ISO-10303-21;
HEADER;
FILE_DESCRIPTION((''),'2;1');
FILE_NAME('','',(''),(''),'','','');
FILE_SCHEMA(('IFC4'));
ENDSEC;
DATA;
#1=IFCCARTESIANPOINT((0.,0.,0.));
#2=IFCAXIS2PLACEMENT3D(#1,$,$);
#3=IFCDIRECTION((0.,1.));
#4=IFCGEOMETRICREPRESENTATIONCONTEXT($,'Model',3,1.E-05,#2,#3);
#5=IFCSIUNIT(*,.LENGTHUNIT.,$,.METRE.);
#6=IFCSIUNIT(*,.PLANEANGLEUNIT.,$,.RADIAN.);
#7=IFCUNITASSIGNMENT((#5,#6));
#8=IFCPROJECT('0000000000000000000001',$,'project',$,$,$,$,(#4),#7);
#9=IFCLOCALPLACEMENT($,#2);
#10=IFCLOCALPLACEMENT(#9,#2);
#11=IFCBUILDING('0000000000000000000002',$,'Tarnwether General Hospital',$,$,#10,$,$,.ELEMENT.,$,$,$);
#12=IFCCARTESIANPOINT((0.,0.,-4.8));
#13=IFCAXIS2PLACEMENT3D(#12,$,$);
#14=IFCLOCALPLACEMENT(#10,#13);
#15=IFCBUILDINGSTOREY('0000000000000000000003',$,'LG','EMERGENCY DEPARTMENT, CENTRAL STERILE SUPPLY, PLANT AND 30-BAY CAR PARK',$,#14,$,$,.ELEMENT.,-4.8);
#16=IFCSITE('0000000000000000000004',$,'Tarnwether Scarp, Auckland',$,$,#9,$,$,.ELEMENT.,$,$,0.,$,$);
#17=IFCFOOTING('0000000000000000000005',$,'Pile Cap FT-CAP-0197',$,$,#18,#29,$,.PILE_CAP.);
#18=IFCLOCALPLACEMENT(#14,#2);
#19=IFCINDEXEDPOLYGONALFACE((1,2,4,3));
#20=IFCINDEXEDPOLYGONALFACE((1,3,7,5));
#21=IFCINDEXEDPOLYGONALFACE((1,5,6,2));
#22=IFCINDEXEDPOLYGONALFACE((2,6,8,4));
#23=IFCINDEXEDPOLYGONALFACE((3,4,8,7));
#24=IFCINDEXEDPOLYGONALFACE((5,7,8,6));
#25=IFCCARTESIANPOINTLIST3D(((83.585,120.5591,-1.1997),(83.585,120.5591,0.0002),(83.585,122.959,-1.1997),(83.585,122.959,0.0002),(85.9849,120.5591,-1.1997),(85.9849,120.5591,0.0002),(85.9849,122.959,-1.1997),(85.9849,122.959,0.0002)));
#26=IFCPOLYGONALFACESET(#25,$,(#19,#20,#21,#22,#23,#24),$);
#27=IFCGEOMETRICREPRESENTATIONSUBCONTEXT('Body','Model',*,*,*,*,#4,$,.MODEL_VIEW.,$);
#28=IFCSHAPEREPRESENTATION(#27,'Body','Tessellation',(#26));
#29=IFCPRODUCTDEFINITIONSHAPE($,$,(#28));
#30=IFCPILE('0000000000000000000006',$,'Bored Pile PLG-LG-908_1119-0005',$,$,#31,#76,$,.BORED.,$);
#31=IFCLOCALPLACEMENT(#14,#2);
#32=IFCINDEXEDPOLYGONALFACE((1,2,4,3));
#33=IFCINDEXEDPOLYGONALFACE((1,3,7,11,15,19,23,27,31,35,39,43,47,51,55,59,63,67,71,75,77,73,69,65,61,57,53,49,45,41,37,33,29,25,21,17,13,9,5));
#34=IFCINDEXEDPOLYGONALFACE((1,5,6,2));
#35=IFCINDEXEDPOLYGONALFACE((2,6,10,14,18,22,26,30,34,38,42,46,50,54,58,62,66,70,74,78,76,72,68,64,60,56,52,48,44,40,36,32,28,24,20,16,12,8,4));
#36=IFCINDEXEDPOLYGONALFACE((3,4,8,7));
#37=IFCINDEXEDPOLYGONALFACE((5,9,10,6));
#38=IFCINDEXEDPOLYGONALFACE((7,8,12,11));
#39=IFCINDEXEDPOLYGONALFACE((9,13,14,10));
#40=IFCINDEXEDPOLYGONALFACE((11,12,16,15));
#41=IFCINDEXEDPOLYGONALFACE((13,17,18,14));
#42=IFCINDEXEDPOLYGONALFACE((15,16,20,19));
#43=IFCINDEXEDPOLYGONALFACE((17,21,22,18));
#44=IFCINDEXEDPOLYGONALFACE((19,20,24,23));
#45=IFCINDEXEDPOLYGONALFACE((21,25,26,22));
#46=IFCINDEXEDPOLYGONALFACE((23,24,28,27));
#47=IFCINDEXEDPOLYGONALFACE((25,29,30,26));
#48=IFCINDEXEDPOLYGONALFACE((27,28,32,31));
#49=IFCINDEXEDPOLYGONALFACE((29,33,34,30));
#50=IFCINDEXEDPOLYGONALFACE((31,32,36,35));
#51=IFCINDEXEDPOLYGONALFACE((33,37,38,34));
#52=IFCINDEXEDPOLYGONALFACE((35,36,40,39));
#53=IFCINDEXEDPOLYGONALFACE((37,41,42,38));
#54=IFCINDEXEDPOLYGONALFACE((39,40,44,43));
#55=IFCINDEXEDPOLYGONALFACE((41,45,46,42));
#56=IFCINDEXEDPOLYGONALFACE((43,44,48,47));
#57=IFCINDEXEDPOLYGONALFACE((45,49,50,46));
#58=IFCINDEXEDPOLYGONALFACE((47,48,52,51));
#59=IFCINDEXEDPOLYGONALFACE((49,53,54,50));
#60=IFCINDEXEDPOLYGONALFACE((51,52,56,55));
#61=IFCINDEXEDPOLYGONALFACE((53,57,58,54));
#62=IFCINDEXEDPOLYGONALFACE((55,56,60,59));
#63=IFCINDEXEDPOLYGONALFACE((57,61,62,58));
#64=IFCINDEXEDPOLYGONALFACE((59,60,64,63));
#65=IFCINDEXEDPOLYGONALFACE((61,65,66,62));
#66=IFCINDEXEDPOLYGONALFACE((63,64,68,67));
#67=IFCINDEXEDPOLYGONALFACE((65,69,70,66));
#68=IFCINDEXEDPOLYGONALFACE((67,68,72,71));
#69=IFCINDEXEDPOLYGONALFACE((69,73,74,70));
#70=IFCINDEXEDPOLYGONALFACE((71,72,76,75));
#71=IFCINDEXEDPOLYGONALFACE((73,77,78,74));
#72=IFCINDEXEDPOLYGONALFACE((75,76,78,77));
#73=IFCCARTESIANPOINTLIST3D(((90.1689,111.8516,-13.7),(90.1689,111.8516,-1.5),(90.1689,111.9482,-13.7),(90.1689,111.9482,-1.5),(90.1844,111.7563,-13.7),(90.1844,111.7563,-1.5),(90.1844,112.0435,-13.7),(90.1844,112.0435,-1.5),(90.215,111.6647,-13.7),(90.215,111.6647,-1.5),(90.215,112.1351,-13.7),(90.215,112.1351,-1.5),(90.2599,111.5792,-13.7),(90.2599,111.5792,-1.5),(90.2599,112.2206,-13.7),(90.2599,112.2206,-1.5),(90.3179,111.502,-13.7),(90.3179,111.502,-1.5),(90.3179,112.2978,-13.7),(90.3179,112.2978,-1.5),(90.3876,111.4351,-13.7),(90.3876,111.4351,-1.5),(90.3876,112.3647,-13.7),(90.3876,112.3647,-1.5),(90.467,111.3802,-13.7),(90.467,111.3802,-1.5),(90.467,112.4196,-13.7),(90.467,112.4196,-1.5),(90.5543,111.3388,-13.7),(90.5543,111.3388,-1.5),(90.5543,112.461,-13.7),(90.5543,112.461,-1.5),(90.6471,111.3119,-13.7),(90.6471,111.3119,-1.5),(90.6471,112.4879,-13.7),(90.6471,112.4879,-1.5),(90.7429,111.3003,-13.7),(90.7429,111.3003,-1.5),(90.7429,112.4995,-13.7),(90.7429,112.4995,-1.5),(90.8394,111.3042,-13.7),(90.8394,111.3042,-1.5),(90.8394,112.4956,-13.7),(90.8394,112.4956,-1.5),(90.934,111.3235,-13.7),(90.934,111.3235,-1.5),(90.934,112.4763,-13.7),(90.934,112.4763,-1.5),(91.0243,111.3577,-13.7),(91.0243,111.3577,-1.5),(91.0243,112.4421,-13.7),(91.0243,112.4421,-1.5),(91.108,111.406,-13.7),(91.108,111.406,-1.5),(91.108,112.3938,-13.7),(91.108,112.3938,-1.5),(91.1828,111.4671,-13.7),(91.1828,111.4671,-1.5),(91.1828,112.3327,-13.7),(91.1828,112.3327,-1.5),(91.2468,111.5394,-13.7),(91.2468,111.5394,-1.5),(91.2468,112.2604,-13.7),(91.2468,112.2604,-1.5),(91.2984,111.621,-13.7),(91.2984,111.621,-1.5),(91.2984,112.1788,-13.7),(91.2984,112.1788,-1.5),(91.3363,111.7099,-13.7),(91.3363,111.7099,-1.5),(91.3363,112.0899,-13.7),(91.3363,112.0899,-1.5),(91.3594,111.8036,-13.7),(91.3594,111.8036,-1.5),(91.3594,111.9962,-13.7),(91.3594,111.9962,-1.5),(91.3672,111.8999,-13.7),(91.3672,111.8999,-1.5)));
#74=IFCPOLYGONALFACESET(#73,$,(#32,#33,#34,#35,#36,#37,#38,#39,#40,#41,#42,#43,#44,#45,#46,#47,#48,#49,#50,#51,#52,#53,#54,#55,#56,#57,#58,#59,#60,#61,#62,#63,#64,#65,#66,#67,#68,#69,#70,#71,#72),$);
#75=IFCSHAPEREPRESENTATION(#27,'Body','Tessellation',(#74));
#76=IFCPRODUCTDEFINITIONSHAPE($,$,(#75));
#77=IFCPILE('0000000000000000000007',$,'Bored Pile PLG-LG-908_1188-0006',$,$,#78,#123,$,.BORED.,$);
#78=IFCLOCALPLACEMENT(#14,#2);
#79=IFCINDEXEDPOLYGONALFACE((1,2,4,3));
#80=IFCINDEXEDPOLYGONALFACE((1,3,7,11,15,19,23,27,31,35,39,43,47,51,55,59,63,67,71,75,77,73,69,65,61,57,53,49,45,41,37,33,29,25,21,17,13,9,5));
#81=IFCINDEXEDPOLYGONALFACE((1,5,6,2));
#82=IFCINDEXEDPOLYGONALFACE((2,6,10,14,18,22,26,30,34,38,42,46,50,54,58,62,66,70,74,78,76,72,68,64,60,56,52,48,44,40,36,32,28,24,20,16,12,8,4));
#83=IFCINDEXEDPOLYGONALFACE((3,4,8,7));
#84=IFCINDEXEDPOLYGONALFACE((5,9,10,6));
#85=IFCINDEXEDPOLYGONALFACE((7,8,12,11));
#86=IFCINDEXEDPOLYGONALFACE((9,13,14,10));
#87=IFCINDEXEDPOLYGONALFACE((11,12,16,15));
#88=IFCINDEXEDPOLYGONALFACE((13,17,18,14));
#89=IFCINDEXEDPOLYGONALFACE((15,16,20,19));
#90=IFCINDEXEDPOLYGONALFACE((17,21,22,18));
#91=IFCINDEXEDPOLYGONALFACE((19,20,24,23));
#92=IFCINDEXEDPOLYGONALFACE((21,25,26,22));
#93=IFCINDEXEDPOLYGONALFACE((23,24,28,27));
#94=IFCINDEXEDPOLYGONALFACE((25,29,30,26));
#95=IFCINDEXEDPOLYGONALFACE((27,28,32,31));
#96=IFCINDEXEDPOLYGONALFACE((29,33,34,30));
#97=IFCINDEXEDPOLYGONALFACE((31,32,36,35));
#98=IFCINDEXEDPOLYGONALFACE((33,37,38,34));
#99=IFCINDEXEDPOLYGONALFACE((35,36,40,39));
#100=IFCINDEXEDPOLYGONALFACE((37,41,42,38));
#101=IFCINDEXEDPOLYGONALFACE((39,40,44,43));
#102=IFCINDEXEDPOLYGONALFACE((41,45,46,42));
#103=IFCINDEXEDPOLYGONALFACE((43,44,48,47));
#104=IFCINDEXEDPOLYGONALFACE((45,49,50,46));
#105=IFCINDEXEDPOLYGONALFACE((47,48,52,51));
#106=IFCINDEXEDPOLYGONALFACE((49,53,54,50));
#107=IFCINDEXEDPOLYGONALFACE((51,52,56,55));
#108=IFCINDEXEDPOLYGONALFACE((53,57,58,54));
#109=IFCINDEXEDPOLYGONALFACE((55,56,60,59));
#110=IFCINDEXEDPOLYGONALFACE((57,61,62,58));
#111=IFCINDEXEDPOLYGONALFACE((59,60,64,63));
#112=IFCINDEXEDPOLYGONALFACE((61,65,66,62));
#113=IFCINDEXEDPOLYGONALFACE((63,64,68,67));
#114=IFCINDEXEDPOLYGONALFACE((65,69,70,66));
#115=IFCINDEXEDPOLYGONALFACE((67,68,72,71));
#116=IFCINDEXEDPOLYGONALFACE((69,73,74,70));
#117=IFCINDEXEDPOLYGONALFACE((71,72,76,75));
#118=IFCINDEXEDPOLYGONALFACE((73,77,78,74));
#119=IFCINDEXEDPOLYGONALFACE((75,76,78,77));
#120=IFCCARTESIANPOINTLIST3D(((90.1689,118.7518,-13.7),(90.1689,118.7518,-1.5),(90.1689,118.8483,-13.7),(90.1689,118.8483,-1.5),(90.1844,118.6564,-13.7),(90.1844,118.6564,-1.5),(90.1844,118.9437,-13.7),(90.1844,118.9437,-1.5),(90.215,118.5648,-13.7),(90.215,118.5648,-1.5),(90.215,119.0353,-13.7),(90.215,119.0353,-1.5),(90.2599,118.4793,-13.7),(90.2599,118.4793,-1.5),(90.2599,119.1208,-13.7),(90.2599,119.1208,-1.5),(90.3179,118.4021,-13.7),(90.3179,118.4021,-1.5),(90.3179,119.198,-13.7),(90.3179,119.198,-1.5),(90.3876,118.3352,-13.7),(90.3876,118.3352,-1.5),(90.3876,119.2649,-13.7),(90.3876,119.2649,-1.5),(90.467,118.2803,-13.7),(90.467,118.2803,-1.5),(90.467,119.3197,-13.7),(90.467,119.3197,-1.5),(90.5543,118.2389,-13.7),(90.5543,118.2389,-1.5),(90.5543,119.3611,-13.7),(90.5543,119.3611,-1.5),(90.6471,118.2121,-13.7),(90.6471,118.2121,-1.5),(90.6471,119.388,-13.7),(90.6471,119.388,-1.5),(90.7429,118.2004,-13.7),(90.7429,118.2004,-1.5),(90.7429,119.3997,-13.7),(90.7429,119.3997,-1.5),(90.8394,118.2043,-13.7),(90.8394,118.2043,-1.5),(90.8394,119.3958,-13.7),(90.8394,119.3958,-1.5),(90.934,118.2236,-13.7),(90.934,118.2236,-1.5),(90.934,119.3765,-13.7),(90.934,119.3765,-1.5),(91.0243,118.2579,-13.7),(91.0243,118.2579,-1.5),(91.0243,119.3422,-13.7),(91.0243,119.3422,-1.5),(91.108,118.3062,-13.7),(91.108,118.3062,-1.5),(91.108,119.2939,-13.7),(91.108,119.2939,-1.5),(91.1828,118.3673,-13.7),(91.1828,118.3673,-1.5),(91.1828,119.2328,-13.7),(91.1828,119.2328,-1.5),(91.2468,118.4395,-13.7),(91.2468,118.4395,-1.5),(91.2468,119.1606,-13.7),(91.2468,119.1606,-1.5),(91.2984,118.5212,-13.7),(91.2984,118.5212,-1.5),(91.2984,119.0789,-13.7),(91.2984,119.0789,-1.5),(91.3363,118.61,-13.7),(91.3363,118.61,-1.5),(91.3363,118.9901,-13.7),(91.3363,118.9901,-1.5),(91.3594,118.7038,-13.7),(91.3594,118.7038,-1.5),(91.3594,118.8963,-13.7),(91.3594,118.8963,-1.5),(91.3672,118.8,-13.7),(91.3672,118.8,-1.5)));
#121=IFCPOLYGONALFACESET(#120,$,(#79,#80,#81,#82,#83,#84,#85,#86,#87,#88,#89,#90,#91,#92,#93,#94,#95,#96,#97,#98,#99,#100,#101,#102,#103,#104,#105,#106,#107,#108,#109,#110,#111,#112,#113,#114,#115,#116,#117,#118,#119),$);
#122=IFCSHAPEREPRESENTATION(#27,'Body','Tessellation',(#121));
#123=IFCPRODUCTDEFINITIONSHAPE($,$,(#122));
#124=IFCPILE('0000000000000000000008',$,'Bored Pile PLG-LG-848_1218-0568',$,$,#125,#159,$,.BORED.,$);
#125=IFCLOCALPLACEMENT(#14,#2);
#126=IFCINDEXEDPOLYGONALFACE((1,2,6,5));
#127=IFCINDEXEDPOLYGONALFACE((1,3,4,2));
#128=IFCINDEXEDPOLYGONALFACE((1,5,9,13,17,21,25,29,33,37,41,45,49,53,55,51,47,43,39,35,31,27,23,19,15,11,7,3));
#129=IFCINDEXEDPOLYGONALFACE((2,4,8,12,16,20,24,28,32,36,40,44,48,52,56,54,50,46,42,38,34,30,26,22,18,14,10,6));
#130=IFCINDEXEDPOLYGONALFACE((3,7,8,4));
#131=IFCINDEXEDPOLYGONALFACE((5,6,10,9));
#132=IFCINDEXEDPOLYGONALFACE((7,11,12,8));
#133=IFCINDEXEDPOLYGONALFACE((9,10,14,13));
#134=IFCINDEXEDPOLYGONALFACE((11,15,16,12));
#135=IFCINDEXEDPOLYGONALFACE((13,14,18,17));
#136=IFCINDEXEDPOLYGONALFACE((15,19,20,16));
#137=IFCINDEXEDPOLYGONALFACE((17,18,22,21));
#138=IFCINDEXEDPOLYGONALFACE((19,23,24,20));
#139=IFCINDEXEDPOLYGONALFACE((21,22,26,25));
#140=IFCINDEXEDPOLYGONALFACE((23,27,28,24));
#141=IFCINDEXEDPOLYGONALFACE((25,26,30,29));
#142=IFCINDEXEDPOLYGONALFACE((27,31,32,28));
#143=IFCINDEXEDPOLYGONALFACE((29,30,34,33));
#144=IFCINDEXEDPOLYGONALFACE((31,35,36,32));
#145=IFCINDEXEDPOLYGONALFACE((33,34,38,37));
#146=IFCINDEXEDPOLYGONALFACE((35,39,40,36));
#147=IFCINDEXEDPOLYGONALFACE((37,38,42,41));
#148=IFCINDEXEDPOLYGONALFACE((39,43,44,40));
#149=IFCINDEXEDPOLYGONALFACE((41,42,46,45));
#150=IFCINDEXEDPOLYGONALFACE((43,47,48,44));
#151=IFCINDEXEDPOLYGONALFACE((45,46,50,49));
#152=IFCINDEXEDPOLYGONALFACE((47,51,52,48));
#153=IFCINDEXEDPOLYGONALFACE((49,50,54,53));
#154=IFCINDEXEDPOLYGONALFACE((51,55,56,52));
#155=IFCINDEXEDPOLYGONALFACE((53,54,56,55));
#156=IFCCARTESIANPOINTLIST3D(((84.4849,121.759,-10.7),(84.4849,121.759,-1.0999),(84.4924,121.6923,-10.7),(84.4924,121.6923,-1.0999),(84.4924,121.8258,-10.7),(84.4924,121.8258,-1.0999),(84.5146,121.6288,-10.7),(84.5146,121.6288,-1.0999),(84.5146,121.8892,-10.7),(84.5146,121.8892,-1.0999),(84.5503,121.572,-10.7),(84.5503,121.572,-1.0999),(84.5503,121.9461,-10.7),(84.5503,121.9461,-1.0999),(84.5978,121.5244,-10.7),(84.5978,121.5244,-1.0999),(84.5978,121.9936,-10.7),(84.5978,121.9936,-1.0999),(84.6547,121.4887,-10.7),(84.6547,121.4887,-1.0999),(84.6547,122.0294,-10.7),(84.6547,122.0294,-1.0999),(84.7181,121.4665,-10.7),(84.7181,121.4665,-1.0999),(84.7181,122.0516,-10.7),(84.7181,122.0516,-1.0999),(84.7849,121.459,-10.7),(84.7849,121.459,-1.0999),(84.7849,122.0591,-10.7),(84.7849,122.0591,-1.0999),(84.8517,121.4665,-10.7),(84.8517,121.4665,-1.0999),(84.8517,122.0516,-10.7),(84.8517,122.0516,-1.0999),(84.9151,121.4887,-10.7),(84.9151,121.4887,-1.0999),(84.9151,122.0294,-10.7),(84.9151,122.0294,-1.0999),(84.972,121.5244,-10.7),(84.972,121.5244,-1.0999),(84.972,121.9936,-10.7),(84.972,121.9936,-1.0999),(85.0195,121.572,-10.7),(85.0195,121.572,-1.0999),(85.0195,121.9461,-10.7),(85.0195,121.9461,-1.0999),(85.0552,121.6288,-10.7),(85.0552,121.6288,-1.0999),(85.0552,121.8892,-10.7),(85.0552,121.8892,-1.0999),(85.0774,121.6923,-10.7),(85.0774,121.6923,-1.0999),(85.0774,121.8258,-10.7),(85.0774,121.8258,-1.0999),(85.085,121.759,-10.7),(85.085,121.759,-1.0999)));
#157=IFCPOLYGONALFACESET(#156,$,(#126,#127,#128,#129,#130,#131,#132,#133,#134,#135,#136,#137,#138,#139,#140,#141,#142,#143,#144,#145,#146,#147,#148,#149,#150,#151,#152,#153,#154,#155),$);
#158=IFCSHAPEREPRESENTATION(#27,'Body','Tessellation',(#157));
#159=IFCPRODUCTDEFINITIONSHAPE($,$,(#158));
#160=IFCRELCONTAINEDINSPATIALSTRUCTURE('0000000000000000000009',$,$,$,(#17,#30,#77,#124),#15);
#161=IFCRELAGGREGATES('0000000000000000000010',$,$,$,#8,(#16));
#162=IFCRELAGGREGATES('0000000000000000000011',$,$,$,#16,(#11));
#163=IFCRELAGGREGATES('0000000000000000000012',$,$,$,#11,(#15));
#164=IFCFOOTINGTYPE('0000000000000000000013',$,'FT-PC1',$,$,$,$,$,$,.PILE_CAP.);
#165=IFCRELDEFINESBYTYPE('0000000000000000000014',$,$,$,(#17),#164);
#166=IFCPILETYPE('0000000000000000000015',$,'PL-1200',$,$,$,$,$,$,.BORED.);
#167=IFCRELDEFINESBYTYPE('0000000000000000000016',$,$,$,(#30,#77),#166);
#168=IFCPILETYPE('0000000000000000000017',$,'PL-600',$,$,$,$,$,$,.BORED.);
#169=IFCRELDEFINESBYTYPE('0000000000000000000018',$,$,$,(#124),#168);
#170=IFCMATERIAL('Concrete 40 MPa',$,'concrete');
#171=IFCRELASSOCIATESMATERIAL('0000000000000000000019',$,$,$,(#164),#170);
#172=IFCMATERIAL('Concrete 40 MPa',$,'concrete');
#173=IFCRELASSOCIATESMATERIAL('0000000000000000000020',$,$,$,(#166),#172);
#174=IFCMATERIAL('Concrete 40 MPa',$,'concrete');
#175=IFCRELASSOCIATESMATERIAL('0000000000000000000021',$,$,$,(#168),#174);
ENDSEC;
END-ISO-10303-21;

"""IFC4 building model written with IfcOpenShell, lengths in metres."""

from ifc_helpers import new_model, si_unit, direction, frame, origin, origin_2d, place, context, subcontext, project, spatial, rectangle, circle, extrude, material, material_profile, profile_set, type_object, element, save


model = new_model("IFC4")

# Units and contexts
model_context = context("Model", 3, precision=1e-05, world=origin(), true_north=direction((0.0, 1.0)))
body_context = subcontext(model_context, "Body", "Model", "MODEL_VIEW")
ifc_project = project(units=[si_unit("LENGTHUNIT", "METRE"), si_unit("PLANEANGLEUNIT", "RADIAN")], contexts=[model_context])

# Site, building, storey
site_placement = place(None, origin())
site = spatial("IfcSite", under=ifc_project, at=site_placement, Name="Tarnwether Scarp, Auckland", CompositionType="ELEMENT", RefElevation=0.0)
building_placement = place(site_placement, origin())
building = spatial("IfcBuilding", under=site, at=building_placement, Name="Tarnwether General Hospital", CompositionType="ELEMENT")
storey_placement = place(building_placement, frame((0.0, 0.0, -4.8)))
storey = spatial("IfcBuildingStorey", under=building, at=storey_placement, Name="LG", Description="EMERGENCY DEPARTMENT, CENTRAL STERILE SUPPLY, PLANT AND 30-BAY CAR PARK", CompositionType="ELEMENT", Elevation=-4.8)

# Footing
ifc_material_1 = material(Name="Concrete 40 MPa", Category="concrete")
footing_type = type_object("IfcFootingType", Name="FT-PC1", PredefinedType="PILE_CAP", material=ifc_material_1)
footing_placement = place(storey_placement, frame((84.7849, 121.759, -1.1997), z_axis=(0.0, 0.0, 1.0), x_axis=(1.0, 0.0, 0.0)))
element("IfcFooting", 1, at=footing_placement, inside=storey, type_object=footing_type, Name="Pile Cap FT-CAP-0197", PredefinedType="PILE_CAP", context=body_context, shape_type="SweptSolid", body=[
    extrude(rectangle(XDim=2.3999, YDim=2.3999, at=origin_2d()), origin(), (0.0, 0.0, 1.0), 1.2),
])

# Piles
ifc_material_2 = material(Name="Concrete 40 MPa", Category="concrete")
ifc_material_profile_1 = material_profile(ifc_material_2, circle(Radius=0.6001, at=origin_2d()), Name="PILE-D1200")
ifc_profile_set_1 = profile_set([ifc_material_profile_1], Name="Concrete 40 MPa")
pile_type_1 = type_object("IfcPileType", Name="PL-1200", PredefinedType="BORED", material=ifc_profile_set_1)
for number, where, z_axis, x_axis, name in (
    (2, (90.7671, 111.8999, -1.5), (0.0, 0.0, -1.0), (1.0, 0.0, 0.0), "Bored Pile PLG-LG-908_1119-0005"),
    (3, (90.7671, 118.8, -1.5), (0.0, 0.0, -1.0), (1.0, 0.0, 0.0), "Bored Pile PLG-LG-908_1188-0006"),
):
    element("IfcPile", number, at=place(storey_placement, frame(where, z_axis=z_axis, x_axis=x_axis)), inside=storey, type_object=pile_type_1, Name=name, PredefinedType="BORED", context=body_context, shape_type="SweptSolid", body=[
        extrude(circle(Radius=0.6001, at=origin_2d()), origin(), (0.0, 0.0, 1.0), 12.2),
    ])
ifc_material_3 = material(Name="Concrete 40 MPa", Category="concrete")
ifc_material_profile_2 = material_profile(ifc_material_3, circle(Radius=0.3, at=origin_2d()), Name="PILE-D600")
ifc_profile_set_2 = profile_set([ifc_material_profile_2], Name="Concrete 40 MPa")
pile_type_2 = type_object("IfcPileType", Name="PL-600", PredefinedType="BORED", material=ifc_profile_set_2)
pile_placement = place(storey_placement, frame((84.7849, 121.759, -1.0999), z_axis=(0.0, 0.0, -1.0), x_axis=(1.0, 0.0, 0.0)))
element("IfcPile", 4, at=pile_placement, inside=storey, type_object=pile_type_2, Name="Bored Pile PLG-LG-848_1218-0568", PredefinedType="BORED", context=body_context, shape_type="SweptSolid", body=[
    extrude(circle(Radius=0.3, at=origin_2d()), origin(), (0.0, 0.0, 1.0), 9.6001),
])

save(model, "model.ifc")
